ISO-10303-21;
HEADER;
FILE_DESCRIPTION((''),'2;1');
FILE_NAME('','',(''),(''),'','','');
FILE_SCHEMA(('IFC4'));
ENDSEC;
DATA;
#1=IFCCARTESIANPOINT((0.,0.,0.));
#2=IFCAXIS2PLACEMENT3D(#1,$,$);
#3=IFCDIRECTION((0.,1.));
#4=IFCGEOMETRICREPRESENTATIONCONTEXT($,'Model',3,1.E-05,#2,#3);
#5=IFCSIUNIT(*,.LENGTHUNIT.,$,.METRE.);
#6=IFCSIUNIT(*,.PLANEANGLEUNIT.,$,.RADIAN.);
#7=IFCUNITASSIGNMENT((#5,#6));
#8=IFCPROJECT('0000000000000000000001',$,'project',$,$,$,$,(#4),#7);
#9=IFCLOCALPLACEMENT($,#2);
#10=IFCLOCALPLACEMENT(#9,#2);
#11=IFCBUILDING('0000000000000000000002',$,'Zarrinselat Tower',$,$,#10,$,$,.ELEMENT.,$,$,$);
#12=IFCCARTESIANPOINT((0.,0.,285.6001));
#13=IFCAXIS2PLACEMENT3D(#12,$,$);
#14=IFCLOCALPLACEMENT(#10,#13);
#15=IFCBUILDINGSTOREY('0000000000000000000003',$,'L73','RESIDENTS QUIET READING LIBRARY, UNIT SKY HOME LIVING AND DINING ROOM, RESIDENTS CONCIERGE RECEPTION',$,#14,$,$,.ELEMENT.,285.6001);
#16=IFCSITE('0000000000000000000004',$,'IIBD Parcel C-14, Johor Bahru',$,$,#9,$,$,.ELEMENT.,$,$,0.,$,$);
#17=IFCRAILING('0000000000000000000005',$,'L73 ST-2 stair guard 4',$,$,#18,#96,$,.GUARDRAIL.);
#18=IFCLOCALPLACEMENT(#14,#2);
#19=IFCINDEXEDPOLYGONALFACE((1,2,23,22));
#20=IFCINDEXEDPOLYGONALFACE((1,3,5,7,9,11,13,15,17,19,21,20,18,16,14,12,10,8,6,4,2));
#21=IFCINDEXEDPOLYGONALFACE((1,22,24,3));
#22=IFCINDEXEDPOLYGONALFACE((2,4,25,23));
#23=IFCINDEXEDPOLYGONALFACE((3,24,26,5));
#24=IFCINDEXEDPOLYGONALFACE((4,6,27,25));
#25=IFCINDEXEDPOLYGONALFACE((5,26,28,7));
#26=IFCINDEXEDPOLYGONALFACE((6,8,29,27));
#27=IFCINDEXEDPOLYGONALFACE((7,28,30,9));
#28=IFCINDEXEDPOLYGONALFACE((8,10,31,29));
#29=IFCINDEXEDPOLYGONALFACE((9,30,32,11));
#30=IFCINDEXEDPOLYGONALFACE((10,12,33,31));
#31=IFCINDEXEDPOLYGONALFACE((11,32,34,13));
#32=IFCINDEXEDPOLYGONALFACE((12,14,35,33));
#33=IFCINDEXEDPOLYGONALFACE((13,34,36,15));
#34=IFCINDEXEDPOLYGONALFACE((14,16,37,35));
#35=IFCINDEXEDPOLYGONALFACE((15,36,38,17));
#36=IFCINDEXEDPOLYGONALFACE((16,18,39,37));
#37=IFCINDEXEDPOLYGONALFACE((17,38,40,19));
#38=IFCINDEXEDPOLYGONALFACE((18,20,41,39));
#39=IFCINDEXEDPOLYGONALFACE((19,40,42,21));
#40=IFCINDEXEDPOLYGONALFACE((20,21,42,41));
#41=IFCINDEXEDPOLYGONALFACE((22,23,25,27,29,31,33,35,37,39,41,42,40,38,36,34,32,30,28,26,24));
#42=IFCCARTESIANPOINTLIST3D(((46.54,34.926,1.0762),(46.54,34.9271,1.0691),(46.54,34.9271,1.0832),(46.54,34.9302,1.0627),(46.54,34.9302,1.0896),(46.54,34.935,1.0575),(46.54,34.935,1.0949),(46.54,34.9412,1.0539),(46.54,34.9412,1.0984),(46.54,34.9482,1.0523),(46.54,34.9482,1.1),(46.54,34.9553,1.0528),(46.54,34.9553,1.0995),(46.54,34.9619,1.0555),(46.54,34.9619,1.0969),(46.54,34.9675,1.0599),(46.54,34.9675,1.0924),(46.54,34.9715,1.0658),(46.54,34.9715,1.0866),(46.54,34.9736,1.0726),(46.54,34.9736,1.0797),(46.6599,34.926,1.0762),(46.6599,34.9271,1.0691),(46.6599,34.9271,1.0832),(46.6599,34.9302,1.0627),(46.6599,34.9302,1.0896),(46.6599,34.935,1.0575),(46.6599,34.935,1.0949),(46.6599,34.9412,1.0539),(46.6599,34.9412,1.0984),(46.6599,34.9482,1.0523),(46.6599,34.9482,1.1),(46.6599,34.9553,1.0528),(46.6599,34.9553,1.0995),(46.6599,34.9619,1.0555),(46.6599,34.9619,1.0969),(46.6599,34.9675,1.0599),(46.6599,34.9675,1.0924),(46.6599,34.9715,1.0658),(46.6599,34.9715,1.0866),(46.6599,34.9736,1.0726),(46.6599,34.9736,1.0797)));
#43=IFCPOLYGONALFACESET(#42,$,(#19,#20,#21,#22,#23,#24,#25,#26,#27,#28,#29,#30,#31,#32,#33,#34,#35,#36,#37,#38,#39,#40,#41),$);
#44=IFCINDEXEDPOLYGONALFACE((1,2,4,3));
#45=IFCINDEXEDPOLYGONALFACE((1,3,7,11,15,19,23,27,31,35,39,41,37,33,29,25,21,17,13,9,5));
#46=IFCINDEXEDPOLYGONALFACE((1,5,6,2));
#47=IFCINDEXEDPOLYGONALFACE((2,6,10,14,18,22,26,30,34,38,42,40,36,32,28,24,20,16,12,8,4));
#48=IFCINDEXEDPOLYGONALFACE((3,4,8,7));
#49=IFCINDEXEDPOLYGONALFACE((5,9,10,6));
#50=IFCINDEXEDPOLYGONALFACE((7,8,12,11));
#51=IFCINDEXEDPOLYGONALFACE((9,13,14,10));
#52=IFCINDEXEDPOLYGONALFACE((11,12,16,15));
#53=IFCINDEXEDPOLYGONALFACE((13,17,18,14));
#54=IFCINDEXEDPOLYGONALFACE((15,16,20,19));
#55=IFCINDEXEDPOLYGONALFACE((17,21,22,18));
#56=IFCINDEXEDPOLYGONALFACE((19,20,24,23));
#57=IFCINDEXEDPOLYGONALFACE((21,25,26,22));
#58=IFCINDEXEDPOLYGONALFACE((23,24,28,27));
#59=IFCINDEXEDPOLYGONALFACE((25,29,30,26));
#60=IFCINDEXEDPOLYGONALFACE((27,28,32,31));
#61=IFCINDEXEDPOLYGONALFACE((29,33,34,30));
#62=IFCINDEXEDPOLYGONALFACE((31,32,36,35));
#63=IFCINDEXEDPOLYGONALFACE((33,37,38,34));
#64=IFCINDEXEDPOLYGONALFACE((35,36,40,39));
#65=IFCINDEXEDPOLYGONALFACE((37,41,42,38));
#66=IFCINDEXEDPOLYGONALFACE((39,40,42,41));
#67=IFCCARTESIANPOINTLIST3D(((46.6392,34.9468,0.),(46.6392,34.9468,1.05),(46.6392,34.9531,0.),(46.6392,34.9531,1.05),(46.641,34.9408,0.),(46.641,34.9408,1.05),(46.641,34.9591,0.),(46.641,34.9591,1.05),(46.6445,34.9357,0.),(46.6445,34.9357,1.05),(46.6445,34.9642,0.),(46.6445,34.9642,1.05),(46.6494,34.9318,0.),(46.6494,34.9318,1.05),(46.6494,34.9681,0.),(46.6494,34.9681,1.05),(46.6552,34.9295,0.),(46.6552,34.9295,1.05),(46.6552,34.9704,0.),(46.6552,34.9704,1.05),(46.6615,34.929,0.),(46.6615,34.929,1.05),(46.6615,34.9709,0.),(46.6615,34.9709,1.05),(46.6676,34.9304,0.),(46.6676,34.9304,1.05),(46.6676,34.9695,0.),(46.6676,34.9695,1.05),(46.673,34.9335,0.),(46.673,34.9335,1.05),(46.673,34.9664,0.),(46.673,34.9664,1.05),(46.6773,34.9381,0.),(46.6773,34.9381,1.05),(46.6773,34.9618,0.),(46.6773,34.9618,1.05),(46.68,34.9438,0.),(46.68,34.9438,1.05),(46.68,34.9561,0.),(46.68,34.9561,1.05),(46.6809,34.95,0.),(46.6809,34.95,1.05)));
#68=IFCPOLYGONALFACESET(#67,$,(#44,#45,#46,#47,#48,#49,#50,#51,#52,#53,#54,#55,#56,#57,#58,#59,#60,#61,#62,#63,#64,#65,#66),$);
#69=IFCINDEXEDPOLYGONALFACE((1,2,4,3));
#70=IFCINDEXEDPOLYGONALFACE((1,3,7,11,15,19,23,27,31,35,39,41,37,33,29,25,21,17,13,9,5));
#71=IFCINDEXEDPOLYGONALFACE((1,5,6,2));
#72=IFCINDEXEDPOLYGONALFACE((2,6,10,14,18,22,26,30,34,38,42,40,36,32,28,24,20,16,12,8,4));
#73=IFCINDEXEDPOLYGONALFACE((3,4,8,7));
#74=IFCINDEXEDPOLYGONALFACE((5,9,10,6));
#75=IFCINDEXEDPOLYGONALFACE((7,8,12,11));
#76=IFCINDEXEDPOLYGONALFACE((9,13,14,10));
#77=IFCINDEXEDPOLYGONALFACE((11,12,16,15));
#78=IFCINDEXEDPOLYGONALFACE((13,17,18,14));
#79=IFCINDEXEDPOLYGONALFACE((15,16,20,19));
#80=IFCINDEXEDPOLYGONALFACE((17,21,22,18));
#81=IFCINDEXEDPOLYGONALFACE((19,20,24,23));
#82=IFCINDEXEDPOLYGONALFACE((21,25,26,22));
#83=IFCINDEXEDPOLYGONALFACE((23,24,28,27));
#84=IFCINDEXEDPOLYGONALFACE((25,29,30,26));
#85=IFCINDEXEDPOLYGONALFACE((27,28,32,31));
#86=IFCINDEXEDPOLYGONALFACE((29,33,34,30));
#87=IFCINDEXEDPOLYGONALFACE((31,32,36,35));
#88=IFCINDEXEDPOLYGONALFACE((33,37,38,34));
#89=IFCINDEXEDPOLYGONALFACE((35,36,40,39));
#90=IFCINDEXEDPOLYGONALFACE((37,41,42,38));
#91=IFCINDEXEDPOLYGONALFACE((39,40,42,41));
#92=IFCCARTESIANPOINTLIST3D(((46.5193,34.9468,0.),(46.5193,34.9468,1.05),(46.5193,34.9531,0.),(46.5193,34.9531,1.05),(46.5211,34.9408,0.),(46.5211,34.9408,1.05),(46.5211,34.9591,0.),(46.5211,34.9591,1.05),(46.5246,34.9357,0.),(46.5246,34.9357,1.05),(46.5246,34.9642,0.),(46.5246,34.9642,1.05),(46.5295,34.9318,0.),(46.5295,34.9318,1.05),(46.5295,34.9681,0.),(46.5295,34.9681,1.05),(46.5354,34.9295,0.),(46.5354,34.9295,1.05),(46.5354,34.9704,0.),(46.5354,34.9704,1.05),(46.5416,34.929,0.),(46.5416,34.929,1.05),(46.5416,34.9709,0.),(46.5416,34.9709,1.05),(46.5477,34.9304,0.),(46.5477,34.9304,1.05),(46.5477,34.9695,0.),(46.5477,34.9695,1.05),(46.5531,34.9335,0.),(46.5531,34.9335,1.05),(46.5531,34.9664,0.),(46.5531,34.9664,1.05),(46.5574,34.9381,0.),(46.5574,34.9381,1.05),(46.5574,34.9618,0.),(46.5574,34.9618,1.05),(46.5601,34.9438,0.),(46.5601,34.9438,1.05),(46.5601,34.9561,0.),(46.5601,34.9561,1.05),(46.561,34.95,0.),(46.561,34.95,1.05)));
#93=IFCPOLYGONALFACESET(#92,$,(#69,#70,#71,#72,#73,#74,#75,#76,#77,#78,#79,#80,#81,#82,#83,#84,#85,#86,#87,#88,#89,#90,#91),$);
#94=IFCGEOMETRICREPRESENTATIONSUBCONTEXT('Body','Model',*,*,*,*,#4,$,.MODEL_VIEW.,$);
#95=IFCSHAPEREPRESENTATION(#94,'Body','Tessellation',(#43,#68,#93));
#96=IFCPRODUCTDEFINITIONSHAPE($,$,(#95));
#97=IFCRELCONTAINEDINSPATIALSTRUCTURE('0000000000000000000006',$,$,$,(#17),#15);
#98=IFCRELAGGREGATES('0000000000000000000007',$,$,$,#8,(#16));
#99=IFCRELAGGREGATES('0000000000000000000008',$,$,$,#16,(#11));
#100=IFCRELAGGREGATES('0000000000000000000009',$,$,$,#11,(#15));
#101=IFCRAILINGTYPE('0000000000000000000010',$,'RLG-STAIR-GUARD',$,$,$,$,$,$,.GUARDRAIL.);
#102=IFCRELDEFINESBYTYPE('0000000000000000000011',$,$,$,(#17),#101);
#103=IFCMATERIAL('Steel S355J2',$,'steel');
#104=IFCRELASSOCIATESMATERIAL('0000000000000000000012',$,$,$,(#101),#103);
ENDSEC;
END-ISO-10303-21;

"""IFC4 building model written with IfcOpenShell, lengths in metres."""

from ifc_helpers import new_model, si_unit, direction, frame, origin, origin_2d, place, context, subcontext, project, spatial, circle, extrude, material, type_object, element, save


model = new_model("IFC4")

# Units and contexts
model_context = context("Model", 3, precision=1e-05, world=origin(), true_north=direction((0.0, 1.0)))
body_context = subcontext(model_context, "Body", "Model", "MODEL_VIEW")
ifc_project = project(units=[si_unit("LENGTHUNIT", "METRE"), si_unit("PLANEANGLEUNIT", "RADIAN")], contexts=[model_context])

# Site, building, storey
site_placement = place(None, origin())
site = spatial("IfcSite", under=ifc_project, at=site_placement, Name="IIBD Parcel C-14, Johor Bahru", CompositionType="ELEMENT", RefElevation=0.0)
building_placement = place(site_placement, origin())
building = spatial("IfcBuilding", under=site, at=building_placement, Name="Zarrinselat Tower", CompositionType="ELEMENT")
storey_placement = place(building_placement, frame((0.0, 0.0, 285.6001)))
storey = spatial("IfcBuildingStorey", under=building, at=storey_placement, Name="L73", Description="RESIDENTS QUIET READING LIBRARY, UNIT SKY HOME LIVING AND DINING ROOM, RESIDENTS CONCIERGE RECEPTION", CompositionType="ELEMENT", Elevation=285.6001)

# Railing
ifc_material_1 = material(Name="Steel S355J2", Category="steel")
railing_type_1 = type_object("IfcRailingType", Name="RLG-STAIR-GUARD", PredefinedType="GUARDRAIL", material=ifc_material_1)
railing_1_placement = place(storey_placement, frame((46.6599, 34.95, 0.0)))
element("IfcRailing", 1, at=railing_1_placement, inside=storey, type_object=railing_type_1, Name="L73 ST-2 stair guard 4", PredefinedType="GUARDRAIL", context=body_context, shape_type="SweptSolid", body=[
    extrude(circle(Radius=0.0239, at=origin_2d()), frame((0.0, 0.0, 1.0762), z_axis=(-1.0, 0.0, 0.0), x_axis=(0.0, -1.0, 0.0)), (0.0, 0.0, 1.0), 0.1199),
    extrude(circle(Radius=0.021, at=origin_2d()), origin(), (0.0, 0.0, 1.0), 1.05),
    extrude(circle(Radius=0.021, at=origin_2d()), frame((-0.1199, 0.0, 0.0)), (0.0, 0.0, 1.0), 1.05),
])

save(model, "model.ifc")
